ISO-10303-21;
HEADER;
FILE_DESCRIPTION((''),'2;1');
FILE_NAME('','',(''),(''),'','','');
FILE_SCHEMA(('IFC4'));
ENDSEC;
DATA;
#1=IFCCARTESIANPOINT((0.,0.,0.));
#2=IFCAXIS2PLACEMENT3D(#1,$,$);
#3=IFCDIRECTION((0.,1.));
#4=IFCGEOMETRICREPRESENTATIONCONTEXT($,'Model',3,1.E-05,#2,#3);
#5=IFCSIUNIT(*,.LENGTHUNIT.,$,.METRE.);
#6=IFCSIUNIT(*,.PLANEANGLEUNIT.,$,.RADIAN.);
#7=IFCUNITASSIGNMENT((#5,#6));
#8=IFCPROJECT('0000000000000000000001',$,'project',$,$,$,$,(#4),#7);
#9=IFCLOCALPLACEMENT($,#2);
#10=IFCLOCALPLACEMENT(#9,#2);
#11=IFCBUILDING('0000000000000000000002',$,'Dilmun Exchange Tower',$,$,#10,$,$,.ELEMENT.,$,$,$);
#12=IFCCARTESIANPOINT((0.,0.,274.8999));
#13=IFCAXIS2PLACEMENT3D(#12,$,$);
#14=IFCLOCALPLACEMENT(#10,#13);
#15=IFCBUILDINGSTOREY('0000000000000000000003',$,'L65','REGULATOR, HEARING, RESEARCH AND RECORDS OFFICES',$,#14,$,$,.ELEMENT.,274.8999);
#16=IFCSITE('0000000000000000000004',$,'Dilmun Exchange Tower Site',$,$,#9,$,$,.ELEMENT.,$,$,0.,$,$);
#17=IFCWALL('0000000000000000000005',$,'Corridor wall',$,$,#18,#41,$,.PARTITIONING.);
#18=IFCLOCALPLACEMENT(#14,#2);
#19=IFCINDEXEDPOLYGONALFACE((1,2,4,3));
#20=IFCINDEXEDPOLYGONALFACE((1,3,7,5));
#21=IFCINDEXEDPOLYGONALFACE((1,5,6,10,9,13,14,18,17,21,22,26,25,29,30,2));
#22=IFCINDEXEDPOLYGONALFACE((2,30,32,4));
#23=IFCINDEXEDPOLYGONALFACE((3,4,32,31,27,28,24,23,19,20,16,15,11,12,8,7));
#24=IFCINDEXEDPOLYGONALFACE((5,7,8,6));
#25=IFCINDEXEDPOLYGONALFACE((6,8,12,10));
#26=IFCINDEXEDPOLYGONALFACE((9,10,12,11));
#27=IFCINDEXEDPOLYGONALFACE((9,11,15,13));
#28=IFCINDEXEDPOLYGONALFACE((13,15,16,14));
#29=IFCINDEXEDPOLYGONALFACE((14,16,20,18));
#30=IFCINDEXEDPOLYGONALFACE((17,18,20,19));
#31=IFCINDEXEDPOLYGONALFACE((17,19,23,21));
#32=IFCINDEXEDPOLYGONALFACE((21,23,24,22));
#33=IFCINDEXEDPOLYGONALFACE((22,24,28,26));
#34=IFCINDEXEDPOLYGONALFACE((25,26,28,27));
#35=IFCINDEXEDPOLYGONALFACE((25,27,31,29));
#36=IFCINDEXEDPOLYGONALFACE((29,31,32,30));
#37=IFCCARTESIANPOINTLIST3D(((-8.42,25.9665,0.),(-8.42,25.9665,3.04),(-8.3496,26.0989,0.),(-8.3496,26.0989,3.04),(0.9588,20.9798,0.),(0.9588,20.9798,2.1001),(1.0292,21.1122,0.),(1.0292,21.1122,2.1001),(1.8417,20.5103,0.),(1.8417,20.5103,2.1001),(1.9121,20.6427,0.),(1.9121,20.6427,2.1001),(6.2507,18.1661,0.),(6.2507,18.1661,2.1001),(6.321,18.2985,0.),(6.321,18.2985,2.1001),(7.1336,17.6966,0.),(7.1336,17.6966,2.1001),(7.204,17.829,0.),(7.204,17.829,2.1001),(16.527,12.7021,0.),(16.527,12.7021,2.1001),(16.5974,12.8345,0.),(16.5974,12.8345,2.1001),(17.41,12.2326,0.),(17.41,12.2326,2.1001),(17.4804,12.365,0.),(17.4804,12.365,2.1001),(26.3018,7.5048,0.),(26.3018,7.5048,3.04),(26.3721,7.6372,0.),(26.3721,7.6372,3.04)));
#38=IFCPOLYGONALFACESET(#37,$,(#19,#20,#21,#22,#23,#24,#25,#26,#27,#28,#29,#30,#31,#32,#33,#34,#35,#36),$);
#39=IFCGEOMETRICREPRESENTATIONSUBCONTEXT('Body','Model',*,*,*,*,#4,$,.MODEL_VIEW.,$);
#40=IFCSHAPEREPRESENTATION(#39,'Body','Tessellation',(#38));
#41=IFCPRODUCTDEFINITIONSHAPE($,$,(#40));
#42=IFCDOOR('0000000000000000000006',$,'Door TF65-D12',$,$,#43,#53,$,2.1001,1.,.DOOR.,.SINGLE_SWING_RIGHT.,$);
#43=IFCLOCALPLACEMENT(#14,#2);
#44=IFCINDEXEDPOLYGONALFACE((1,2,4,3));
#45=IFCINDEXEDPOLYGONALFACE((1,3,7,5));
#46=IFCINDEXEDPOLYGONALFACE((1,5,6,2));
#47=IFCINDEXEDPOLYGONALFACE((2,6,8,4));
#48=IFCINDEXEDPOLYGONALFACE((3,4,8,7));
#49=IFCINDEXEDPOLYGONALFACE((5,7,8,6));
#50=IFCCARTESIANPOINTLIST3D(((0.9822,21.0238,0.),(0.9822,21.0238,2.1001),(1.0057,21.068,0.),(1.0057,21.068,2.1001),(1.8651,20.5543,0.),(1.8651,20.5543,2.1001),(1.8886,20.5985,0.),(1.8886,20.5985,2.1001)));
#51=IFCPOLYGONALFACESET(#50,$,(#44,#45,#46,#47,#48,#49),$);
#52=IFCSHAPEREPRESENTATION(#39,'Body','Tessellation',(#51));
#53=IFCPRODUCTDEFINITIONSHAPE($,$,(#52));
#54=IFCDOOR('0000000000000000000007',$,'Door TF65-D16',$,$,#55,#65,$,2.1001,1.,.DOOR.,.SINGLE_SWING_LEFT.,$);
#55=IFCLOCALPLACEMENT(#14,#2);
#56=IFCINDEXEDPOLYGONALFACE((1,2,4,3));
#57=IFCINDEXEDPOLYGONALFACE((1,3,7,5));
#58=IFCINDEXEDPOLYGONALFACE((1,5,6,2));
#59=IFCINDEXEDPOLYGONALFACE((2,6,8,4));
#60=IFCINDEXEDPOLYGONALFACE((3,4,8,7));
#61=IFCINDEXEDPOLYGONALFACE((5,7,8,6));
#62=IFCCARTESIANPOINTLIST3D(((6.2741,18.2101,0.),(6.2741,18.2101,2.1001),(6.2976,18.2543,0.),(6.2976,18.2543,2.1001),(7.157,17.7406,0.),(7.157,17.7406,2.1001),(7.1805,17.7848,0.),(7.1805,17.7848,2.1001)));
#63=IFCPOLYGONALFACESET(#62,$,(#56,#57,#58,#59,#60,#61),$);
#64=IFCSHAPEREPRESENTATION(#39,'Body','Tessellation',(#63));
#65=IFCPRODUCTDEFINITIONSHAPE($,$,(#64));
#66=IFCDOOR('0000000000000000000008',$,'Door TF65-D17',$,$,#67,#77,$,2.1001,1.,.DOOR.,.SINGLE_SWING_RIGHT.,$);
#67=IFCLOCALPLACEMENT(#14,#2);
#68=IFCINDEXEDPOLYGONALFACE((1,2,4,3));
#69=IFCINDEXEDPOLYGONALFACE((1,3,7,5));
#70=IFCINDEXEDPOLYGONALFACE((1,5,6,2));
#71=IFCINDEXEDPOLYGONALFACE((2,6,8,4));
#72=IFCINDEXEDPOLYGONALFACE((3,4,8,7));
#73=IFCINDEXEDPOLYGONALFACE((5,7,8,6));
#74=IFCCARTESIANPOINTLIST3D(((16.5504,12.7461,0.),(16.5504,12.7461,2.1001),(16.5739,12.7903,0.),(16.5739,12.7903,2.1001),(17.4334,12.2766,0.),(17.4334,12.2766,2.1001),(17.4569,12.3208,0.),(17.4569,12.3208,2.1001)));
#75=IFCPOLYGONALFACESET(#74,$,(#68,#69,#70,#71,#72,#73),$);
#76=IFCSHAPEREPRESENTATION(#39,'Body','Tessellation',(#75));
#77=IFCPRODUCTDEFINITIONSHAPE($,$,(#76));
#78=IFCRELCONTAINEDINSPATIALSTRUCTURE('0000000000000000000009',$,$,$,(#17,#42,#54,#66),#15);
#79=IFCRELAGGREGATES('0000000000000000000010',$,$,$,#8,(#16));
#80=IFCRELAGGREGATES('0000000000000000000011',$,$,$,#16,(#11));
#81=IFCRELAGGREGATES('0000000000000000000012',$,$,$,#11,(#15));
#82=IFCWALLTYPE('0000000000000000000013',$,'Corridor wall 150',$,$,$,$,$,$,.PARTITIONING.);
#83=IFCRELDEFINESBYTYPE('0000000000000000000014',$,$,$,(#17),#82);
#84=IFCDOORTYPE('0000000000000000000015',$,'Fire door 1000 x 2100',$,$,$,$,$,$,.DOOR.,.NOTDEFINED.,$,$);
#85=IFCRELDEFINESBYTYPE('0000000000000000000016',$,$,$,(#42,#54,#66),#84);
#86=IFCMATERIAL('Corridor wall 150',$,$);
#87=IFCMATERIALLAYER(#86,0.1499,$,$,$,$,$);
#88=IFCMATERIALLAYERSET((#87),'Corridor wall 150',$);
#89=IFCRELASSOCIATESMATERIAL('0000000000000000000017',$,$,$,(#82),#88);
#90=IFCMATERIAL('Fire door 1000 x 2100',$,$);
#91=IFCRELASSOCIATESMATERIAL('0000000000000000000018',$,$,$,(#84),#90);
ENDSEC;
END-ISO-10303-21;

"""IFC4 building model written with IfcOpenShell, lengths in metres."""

from ifc_helpers import new_model, si_unit, direction, frame, frame_2d, origin, place, context, subcontext, project, spatial, rectangle, extrude, material, layer, layer_set, type_object, element, fill, save


model = new_model("IFC4")

# Units and contexts
model_context = context("Model", 3, precision=1e-05, world=origin(), true_north=direction((0.0, 1.0)))
body_context = subcontext(model_context, "Body", "Model", "MODEL_VIEW")
ifc_project = project(units=[si_unit("LENGTHUNIT", "METRE"), si_unit("PLANEANGLEUNIT", "RADIAN")], contexts=[model_context])

# Site, building, storey
site_placement = place(None, origin())
site = spatial("IfcSite", under=ifc_project, at=site_placement, Name="Dilmun Exchange Tower Site", CompositionType="ELEMENT", RefElevation=0.0)
building_placement = place(site_placement, origin())
building = spatial("IfcBuilding", under=site, at=building_placement, Name="Dilmun Exchange Tower", CompositionType="ELEMENT")
storey_placement = place(building_placement, frame((0.0, 0.0, 274.8999)))
storey = spatial("IfcBuildingStorey", under=building, at=storey_placement, Name="L65", Description="REGULATOR, HEARING, RESEARCH AND RECORDS OFFICES", CompositionType="ELEMENT", Elevation=274.8999)

# Wall, openings, doors
ifc_material_1 = material(Name="Corridor wall 150")
ifc_layer_1 = layer(ifc_material_1, 0.1499)
ifc_layer_set_1 = layer_set([ifc_layer_1], Name="Corridor wall 150")
wall_type = type_object("IfcWallType", Name="Corridor wall 150", PredefinedType="PARTITIONING", material=ifc_layer_set_1)
wall_placement = place(storey_placement, frame((-8.3848, 26.0327, 0.0), z_axis=(0.0, 0.0, 1.0), x_axis=(0.882949, -0.469468, 0.0)))
wall = element("IfcWall", 1, at=wall_placement, inside=storey, type_object=wall_type, Name="Corridor wall", PredefinedType="PARTITIONING", context=body_context, shape_type="SweptSolid", body=[
    extrude(rectangle(XDim=39.3247, YDim=0.1499, at=frame_2d((19.6624, 0.0))), origin(), (0.0, 0.0, 1.0), 3.04),
])
opening_1_placement = place(wall_placement, frame((10.6221, 0.0, 0.0)))
opening_1 = element("IfcOpeningElement", 2, at=opening_1_placement, cuts=wall, PredefinedType="OPENING", context=body_context, shape_type="SweptSolid", body=[
    extrude(rectangle(XDim=1.0, YDim=2.1001, at=frame_2d((0.5, 1.05))), frame((0.0, 0.085, 0.0), z_axis=(0.0, -1.0, 0.0), x_axis=(1.0, 0.0, 0.0)), (0.0, 0.0, 1.0), 0.1699),
])
opening_2_placement = place(wall_placement, frame((16.6155, 0.0, 0.0)))
opening_2 = element("IfcOpeningElement", 3, at=opening_2_placement, cuts=wall, PredefinedType="OPENING", context=body_context, shape_type="SweptSolid", body=[
    extrude(rectangle(XDim=1.0, YDim=2.1001, at=frame_2d((0.5, 1.05))), frame((0.0, 0.085, 0.0), z_axis=(0.0, -1.0, 0.0), x_axis=(1.0, 0.0, 0.0)), (0.0, 0.0, 1.0), 0.1699),
])
opening_3_placement = place(wall_placement, frame((28.2542, 0.0, 0.0)))
opening_3 = element("IfcOpeningElement", 4, at=opening_3_placement, cuts=wall, PredefinedType="OPENING", context=body_context, shape_type="SweptSolid", body=[
    extrude(rectangle(XDim=1.0, YDim=2.1001, at=frame_2d((0.5, 1.05))), frame((0.0, 0.085, 0.0), z_axis=(0.0, -1.0, 0.0), x_axis=(1.0, 0.0, 0.0)), (0.0, 0.0, 1.0), 0.1699),
])
ifc_material_2 = material(Name="Fire door 1000 x 2100")
door_type = type_object("IfcDoorType", Name="Fire door 1000 x 2100", OperationType="NOTDEFINED", PredefinedType="DOOR", material=ifc_material_2)
door_1_placement = place(opening_1_placement, origin())
door_1 = element("IfcDoor", 5, at=door_1_placement, inside=storey, type_object=door_type, Name="Door TF65-D12", OperationType="SINGLE_SWING_RIGHT", OverallHeight=2.1001, OverallWidth=1.0, PredefinedType="DOOR", context=body_context, shape_type="SweptSolid", body=[
    extrude(rectangle(XDim=1.0, YDim=2.1001, at=frame_2d((0.5, 1.05))), frame((0.0, 0.0249, 0.0), z_axis=(0.0, -1.0, 0.0), x_axis=(1.0, 0.0, 0.0)), (0.0, 0.0, 1.0), 0.05),
])
fill(opening_1, door_1)
door_2_placement = place(opening_2_placement, origin())
door_2 = element("IfcDoor", 6, at=door_2_placement, inside=storey, type_object=door_type, Name="Door TF65-D16", OperationType="SINGLE_SWING_LEFT", OverallHeight=2.1001, OverallWidth=1.0, PredefinedType="DOOR", context=body_context, shape_type="SweptSolid", body=[
    extrude(rectangle(XDim=1.0, YDim=2.1001, at=frame_2d((0.5, 1.05))), frame((0.0, 0.0249, 0.0), z_axis=(0.0, -1.0, 0.0), x_axis=(1.0, 0.0, 0.0)), (0.0, 0.0, 1.0), 0.05),
])
fill(opening_2, door_2)
door_3_placement = place(opening_3_placement, origin())
door_3 = element("IfcDoor", 7, at=door_3_placement, inside=storey, type_object=door_type, Name="Door TF65-D17", OperationType="SINGLE_SWING_RIGHT", OverallHeight=2.1001, OverallWidth=1.0, PredefinedType="DOOR", context=body_context, shape_type="SweptSolid", body=[
    extrude(rectangle(XDim=1.0, YDim=2.1001, at=frame_2d((0.5, 1.05))), frame((0.0, 0.0249, 0.0), z_axis=(0.0, -1.0, 0.0), x_axis=(1.0, 0.0, 0.0)), (0.0, 0.0, 1.0), 0.05),
])
fill(opening_3, door_3)

save(model, "model.ifc")
